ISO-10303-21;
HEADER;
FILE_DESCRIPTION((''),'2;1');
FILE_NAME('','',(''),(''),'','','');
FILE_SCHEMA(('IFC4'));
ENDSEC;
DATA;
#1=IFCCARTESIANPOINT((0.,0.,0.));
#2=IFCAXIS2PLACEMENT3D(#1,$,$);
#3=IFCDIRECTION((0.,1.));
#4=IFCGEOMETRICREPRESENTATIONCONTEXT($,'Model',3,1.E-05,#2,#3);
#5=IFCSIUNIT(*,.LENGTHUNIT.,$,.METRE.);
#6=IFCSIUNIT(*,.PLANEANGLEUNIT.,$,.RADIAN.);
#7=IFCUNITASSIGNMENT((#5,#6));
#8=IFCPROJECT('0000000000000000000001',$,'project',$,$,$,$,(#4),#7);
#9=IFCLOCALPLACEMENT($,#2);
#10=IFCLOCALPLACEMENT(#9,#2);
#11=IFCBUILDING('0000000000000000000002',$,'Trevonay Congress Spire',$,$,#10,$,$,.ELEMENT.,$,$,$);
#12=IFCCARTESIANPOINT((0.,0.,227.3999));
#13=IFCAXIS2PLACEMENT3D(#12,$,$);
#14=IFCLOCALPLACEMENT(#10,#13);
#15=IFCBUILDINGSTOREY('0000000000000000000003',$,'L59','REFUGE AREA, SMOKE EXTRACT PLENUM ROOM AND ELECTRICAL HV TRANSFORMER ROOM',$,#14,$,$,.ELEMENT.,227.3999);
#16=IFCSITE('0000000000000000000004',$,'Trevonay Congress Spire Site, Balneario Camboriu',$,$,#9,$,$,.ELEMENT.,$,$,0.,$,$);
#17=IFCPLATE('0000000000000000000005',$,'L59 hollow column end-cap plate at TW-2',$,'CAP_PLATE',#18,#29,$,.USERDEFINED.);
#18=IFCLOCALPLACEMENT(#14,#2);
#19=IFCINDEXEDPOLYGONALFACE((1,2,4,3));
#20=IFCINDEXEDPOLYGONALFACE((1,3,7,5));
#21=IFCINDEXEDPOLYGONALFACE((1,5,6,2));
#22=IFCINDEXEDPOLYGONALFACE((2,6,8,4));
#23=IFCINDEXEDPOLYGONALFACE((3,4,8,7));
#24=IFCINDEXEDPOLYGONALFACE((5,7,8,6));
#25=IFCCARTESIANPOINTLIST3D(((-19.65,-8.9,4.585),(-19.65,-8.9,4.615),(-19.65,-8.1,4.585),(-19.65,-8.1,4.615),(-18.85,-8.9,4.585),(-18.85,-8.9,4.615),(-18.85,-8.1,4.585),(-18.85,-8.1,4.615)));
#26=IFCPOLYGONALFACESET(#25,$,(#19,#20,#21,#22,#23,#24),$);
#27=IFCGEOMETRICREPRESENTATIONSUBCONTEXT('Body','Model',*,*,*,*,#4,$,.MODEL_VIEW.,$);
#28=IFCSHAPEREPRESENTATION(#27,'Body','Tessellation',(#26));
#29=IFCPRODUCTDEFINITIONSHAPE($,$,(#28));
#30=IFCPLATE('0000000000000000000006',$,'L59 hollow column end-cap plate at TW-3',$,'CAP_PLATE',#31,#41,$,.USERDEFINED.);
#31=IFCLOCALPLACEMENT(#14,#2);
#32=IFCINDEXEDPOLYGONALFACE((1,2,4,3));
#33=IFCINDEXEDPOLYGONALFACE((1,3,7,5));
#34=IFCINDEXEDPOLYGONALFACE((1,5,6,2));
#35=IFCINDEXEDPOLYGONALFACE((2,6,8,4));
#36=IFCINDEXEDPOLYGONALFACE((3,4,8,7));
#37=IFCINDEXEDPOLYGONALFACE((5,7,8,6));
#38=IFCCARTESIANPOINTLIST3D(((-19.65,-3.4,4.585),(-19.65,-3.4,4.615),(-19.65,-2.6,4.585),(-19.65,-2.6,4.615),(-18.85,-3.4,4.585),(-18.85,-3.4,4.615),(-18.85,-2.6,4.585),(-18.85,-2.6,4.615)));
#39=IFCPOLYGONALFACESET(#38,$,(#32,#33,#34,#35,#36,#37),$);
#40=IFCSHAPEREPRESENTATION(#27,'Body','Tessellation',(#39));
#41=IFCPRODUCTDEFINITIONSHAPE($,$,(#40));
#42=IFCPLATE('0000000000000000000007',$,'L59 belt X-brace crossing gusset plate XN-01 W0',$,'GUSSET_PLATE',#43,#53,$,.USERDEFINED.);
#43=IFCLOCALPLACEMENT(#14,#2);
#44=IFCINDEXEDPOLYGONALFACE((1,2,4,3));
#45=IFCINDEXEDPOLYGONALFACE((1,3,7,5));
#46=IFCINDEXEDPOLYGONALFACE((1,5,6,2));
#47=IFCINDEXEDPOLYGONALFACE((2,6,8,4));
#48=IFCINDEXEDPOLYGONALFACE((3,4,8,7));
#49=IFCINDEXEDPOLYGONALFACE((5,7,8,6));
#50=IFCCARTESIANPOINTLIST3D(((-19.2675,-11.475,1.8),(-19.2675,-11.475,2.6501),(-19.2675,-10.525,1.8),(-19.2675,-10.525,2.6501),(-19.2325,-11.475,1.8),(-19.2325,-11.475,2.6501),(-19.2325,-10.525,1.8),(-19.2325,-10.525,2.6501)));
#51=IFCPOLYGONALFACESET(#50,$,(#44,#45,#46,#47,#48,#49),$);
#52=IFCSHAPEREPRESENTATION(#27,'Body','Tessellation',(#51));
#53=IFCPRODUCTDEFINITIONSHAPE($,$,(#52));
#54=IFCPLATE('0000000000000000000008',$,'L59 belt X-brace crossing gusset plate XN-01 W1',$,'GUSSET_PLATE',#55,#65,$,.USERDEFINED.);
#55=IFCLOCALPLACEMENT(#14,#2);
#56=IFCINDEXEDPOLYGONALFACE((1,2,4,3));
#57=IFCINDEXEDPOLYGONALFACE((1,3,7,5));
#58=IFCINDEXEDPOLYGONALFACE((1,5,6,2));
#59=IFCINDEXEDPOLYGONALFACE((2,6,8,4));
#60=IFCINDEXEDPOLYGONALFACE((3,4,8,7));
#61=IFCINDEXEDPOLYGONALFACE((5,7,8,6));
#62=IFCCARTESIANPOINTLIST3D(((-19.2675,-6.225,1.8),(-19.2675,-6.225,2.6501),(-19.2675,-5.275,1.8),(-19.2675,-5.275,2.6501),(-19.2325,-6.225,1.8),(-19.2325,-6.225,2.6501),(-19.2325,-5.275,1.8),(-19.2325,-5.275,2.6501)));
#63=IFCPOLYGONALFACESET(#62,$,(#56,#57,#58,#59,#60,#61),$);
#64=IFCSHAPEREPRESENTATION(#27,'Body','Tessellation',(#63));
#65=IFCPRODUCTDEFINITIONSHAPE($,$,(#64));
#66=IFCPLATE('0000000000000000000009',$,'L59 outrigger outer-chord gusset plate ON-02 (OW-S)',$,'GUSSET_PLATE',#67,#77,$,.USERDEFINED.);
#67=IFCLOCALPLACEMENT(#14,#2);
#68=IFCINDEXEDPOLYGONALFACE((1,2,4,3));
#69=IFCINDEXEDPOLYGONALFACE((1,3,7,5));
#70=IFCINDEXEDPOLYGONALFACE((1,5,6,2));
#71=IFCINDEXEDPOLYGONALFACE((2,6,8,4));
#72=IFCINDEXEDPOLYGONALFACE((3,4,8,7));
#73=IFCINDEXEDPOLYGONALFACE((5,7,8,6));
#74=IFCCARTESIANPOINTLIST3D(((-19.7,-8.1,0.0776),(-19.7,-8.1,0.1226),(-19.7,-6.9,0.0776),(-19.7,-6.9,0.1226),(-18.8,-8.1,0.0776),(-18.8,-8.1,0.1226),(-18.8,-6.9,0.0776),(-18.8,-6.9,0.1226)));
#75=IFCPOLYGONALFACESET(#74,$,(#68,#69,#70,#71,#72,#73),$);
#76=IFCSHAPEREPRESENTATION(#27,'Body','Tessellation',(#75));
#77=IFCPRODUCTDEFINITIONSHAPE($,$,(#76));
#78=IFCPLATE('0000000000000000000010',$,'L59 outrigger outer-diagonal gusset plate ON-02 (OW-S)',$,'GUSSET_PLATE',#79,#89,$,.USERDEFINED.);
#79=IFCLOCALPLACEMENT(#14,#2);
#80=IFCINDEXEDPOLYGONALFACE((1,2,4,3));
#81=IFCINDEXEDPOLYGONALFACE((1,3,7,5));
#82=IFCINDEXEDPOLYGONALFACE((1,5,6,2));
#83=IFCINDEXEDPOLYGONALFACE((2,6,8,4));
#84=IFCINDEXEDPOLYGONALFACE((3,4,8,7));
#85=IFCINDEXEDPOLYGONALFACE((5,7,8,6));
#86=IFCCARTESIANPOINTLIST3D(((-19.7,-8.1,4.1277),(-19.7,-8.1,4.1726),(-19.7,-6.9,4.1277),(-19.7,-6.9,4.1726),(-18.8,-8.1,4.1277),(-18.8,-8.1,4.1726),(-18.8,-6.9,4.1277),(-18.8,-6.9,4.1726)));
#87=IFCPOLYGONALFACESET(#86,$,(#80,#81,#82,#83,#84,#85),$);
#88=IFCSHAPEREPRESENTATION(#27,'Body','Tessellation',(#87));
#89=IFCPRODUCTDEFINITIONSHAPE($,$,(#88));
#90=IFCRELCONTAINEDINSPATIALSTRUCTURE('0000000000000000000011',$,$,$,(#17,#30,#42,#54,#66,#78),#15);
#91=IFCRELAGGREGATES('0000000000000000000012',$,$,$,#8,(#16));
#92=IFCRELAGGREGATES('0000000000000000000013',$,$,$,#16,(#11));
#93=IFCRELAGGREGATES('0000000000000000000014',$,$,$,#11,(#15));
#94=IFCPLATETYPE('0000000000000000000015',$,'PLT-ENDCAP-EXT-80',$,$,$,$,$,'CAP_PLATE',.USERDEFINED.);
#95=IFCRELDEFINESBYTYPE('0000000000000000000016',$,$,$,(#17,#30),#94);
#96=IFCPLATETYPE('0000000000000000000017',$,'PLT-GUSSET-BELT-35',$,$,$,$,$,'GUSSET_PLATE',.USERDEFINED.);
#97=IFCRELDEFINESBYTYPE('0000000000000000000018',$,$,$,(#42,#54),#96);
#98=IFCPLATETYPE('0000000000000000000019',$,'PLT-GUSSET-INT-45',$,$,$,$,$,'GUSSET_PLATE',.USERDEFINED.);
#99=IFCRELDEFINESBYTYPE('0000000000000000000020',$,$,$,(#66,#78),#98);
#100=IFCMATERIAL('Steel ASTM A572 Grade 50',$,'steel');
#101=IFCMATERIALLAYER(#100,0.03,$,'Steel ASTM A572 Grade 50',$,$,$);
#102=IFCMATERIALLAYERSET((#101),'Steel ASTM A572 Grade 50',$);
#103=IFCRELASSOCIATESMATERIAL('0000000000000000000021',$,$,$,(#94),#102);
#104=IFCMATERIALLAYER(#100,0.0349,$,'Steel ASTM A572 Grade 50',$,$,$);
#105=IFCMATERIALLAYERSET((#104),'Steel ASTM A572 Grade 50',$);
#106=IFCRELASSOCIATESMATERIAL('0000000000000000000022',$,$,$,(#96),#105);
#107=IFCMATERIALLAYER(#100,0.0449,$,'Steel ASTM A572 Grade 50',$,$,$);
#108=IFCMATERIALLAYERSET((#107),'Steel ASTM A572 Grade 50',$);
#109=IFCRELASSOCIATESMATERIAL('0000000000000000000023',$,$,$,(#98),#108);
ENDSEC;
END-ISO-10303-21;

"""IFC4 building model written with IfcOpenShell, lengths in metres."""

from ifc_helpers import new_model, si_unit, direction, frame, origin, origin_2d, place, context, subcontext, project, spatial, rectangle, extrude, material, layer, layer_set, type_object, element, save


model = new_model("IFC4")

# Units and contexts
model_context = context("Model", 3, precision=1e-05, world=origin(), true_north=direction((0.0, 1.0)))
body_context = subcontext(model_context, "Body", "Model", "MODEL_VIEW")
ifc_project = project(units=[si_unit("LENGTHUNIT", "METRE"), si_unit("PLANEANGLEUNIT", "RADIAN")], contexts=[model_context])

# Site, building, storey
site_placement = place(None, origin())
site = spatial("IfcSite", under=ifc_project, at=site_placement, Name="Trevonay Congress Spire Site, Balneario Camboriu", CompositionType="ELEMENT", RefElevation=0.0)
building_placement = place(site_placement, origin())
building = spatial("IfcBuilding", under=site, at=building_placement, Name="Trevonay Congress Spire", CompositionType="ELEMENT")
storey_placement = place(building_placement, frame((0.0, 0.0, 227.3999)))
storey = spatial("IfcBuildingStorey", under=building, at=storey_placement, Name="L59", Description="REFUGE AREA, SMOKE EXTRACT PLENUM ROOM AND ELECTRICAL HV TRANSFORMER ROOM", CompositionType="ELEMENT", Elevation=227.3999)

# Shared definitions
ifc_material_1 = material(Name="Steel ASTM A572 Grade 50", Category="steel")

# Plates
ifc_layer_1 = layer(ifc_material_1, 0.03, Name="Steel ASTM A572 Grade 50")
ifc_layer_set_1 = layer_set([ifc_layer_1], Name="Steel ASTM A572 Grade 50")
plate_type_1 = type_object("IfcPlateType", Name="PLT-ENDCAP-EXT-80", ElementType="CAP_PLATE", PredefinedType="USERDEFINED", material=ifc_layer_set_1)
for number, where, z_axis, x_axis, name in (
    (1, (-19.25, -8.5, 4.585), (0.0, 0.0, 1.0), (1.0, 0.0, 0.0), "L59 hollow column end-cap plate at TW-2"),
    (2, (-19.25, -3.0, 4.585), (0.0, 0.0, 1.0), (1.0, 0.0, 0.0), "L59 hollow column end-cap plate at TW-3"),
):
    element("IfcPlate", number, at=place(storey_placement, frame(where, z_axis=z_axis, x_axis=x_axis)), inside=storey, type_object=plate_type_1, Name=name, ObjectType="CAP_PLATE", PredefinedType="USERDEFINED", context=body_context, shape_type="SweptSolid", body=[
        extrude(rectangle(XDim=0.8, YDim=0.8, at=origin_2d()), origin(), (0.0, 0.0, 1.0), 0.03),
    ])
ifc_layer_2 = layer(ifc_material_1, 0.0349, Name="Steel ASTM A572 Grade 50")
ifc_layer_set_2 = layer_set([ifc_layer_2], Name="Steel ASTM A572 Grade 50")
plate_type_2 = type_object("IfcPlateType", Name="PLT-GUSSET-BELT-35", ElementType="GUSSET_PLATE", PredefinedType="USERDEFINED", material=ifc_layer_set_2)
for number, where, z_axis, x_axis, name in (
    (3, (-19.25, -11.0, 1.8), (0.0, 0.0, 1.0), (1.0, 0.0, 0.0), "L59 belt X-brace crossing gusset plate XN-01 W0"),
    (4, (-19.25, -5.75, 1.8), (0.0, 0.0, 1.0), (1.0, 0.0, 0.0), "L59 belt X-brace crossing gusset plate XN-01 W1"),
):
    element("IfcPlate", number, at=place(storey_placement, frame(where, z_axis=z_axis, x_axis=x_axis)), inside=storey, type_object=plate_type_2, Name=name, ObjectType="GUSSET_PLATE", PredefinedType="USERDEFINED", context=body_context, shape_type="SweptSolid", body=[
        extrude(rectangle(XDim=0.0349, YDim=0.95, at=origin_2d()), origin(), (0.0, 0.0, 1.0), 0.8501),
    ])
ifc_layer_3 = layer(ifc_material_1, 0.0449, Name="Steel ASTM A572 Grade 50")
ifc_layer_set_3 = layer_set([ifc_layer_3], Name="Steel ASTM A572 Grade 50")
plate_type_3 = type_object("IfcPlateType", Name="PLT-GUSSET-INT-45", ElementType="GUSSET_PLATE", PredefinedType="USERDEFINED", material=ifc_layer_set_3)
for number, where, z_axis, x_axis, name in (
    (5, (-19.25, -7.5, 0.0776), (0.0, 0.0, 1.0), (0.0, 1.0, 0.0), "L59 outrigger outer-chord gusset plate ON-02 (OW-S)"),
    (6, (-19.25, -7.5, 4.1277), (0.0, 0.0, 1.0), (0.0, 1.0, 0.0), "L59 outrigger outer-diagonal gusset plate ON-02 (OW-S)"),
):
    element("IfcPlate", number, at=place(storey_placement, frame(where, z_axis=z_axis, x_axis=x_axis)), inside=storey, type_object=plate_type_3, Name=name, ObjectType="GUSSET_PLATE", PredefinedType="USERDEFINED", context=body_context, shape_type="SweptSolid", body=[
        extrude(rectangle(XDim=1.2, YDim=0.8999, at=origin_2d()), origin(), (0.0, 0.0, 1.0), 0.0449),
    ])

save(model, "model.ifc")
